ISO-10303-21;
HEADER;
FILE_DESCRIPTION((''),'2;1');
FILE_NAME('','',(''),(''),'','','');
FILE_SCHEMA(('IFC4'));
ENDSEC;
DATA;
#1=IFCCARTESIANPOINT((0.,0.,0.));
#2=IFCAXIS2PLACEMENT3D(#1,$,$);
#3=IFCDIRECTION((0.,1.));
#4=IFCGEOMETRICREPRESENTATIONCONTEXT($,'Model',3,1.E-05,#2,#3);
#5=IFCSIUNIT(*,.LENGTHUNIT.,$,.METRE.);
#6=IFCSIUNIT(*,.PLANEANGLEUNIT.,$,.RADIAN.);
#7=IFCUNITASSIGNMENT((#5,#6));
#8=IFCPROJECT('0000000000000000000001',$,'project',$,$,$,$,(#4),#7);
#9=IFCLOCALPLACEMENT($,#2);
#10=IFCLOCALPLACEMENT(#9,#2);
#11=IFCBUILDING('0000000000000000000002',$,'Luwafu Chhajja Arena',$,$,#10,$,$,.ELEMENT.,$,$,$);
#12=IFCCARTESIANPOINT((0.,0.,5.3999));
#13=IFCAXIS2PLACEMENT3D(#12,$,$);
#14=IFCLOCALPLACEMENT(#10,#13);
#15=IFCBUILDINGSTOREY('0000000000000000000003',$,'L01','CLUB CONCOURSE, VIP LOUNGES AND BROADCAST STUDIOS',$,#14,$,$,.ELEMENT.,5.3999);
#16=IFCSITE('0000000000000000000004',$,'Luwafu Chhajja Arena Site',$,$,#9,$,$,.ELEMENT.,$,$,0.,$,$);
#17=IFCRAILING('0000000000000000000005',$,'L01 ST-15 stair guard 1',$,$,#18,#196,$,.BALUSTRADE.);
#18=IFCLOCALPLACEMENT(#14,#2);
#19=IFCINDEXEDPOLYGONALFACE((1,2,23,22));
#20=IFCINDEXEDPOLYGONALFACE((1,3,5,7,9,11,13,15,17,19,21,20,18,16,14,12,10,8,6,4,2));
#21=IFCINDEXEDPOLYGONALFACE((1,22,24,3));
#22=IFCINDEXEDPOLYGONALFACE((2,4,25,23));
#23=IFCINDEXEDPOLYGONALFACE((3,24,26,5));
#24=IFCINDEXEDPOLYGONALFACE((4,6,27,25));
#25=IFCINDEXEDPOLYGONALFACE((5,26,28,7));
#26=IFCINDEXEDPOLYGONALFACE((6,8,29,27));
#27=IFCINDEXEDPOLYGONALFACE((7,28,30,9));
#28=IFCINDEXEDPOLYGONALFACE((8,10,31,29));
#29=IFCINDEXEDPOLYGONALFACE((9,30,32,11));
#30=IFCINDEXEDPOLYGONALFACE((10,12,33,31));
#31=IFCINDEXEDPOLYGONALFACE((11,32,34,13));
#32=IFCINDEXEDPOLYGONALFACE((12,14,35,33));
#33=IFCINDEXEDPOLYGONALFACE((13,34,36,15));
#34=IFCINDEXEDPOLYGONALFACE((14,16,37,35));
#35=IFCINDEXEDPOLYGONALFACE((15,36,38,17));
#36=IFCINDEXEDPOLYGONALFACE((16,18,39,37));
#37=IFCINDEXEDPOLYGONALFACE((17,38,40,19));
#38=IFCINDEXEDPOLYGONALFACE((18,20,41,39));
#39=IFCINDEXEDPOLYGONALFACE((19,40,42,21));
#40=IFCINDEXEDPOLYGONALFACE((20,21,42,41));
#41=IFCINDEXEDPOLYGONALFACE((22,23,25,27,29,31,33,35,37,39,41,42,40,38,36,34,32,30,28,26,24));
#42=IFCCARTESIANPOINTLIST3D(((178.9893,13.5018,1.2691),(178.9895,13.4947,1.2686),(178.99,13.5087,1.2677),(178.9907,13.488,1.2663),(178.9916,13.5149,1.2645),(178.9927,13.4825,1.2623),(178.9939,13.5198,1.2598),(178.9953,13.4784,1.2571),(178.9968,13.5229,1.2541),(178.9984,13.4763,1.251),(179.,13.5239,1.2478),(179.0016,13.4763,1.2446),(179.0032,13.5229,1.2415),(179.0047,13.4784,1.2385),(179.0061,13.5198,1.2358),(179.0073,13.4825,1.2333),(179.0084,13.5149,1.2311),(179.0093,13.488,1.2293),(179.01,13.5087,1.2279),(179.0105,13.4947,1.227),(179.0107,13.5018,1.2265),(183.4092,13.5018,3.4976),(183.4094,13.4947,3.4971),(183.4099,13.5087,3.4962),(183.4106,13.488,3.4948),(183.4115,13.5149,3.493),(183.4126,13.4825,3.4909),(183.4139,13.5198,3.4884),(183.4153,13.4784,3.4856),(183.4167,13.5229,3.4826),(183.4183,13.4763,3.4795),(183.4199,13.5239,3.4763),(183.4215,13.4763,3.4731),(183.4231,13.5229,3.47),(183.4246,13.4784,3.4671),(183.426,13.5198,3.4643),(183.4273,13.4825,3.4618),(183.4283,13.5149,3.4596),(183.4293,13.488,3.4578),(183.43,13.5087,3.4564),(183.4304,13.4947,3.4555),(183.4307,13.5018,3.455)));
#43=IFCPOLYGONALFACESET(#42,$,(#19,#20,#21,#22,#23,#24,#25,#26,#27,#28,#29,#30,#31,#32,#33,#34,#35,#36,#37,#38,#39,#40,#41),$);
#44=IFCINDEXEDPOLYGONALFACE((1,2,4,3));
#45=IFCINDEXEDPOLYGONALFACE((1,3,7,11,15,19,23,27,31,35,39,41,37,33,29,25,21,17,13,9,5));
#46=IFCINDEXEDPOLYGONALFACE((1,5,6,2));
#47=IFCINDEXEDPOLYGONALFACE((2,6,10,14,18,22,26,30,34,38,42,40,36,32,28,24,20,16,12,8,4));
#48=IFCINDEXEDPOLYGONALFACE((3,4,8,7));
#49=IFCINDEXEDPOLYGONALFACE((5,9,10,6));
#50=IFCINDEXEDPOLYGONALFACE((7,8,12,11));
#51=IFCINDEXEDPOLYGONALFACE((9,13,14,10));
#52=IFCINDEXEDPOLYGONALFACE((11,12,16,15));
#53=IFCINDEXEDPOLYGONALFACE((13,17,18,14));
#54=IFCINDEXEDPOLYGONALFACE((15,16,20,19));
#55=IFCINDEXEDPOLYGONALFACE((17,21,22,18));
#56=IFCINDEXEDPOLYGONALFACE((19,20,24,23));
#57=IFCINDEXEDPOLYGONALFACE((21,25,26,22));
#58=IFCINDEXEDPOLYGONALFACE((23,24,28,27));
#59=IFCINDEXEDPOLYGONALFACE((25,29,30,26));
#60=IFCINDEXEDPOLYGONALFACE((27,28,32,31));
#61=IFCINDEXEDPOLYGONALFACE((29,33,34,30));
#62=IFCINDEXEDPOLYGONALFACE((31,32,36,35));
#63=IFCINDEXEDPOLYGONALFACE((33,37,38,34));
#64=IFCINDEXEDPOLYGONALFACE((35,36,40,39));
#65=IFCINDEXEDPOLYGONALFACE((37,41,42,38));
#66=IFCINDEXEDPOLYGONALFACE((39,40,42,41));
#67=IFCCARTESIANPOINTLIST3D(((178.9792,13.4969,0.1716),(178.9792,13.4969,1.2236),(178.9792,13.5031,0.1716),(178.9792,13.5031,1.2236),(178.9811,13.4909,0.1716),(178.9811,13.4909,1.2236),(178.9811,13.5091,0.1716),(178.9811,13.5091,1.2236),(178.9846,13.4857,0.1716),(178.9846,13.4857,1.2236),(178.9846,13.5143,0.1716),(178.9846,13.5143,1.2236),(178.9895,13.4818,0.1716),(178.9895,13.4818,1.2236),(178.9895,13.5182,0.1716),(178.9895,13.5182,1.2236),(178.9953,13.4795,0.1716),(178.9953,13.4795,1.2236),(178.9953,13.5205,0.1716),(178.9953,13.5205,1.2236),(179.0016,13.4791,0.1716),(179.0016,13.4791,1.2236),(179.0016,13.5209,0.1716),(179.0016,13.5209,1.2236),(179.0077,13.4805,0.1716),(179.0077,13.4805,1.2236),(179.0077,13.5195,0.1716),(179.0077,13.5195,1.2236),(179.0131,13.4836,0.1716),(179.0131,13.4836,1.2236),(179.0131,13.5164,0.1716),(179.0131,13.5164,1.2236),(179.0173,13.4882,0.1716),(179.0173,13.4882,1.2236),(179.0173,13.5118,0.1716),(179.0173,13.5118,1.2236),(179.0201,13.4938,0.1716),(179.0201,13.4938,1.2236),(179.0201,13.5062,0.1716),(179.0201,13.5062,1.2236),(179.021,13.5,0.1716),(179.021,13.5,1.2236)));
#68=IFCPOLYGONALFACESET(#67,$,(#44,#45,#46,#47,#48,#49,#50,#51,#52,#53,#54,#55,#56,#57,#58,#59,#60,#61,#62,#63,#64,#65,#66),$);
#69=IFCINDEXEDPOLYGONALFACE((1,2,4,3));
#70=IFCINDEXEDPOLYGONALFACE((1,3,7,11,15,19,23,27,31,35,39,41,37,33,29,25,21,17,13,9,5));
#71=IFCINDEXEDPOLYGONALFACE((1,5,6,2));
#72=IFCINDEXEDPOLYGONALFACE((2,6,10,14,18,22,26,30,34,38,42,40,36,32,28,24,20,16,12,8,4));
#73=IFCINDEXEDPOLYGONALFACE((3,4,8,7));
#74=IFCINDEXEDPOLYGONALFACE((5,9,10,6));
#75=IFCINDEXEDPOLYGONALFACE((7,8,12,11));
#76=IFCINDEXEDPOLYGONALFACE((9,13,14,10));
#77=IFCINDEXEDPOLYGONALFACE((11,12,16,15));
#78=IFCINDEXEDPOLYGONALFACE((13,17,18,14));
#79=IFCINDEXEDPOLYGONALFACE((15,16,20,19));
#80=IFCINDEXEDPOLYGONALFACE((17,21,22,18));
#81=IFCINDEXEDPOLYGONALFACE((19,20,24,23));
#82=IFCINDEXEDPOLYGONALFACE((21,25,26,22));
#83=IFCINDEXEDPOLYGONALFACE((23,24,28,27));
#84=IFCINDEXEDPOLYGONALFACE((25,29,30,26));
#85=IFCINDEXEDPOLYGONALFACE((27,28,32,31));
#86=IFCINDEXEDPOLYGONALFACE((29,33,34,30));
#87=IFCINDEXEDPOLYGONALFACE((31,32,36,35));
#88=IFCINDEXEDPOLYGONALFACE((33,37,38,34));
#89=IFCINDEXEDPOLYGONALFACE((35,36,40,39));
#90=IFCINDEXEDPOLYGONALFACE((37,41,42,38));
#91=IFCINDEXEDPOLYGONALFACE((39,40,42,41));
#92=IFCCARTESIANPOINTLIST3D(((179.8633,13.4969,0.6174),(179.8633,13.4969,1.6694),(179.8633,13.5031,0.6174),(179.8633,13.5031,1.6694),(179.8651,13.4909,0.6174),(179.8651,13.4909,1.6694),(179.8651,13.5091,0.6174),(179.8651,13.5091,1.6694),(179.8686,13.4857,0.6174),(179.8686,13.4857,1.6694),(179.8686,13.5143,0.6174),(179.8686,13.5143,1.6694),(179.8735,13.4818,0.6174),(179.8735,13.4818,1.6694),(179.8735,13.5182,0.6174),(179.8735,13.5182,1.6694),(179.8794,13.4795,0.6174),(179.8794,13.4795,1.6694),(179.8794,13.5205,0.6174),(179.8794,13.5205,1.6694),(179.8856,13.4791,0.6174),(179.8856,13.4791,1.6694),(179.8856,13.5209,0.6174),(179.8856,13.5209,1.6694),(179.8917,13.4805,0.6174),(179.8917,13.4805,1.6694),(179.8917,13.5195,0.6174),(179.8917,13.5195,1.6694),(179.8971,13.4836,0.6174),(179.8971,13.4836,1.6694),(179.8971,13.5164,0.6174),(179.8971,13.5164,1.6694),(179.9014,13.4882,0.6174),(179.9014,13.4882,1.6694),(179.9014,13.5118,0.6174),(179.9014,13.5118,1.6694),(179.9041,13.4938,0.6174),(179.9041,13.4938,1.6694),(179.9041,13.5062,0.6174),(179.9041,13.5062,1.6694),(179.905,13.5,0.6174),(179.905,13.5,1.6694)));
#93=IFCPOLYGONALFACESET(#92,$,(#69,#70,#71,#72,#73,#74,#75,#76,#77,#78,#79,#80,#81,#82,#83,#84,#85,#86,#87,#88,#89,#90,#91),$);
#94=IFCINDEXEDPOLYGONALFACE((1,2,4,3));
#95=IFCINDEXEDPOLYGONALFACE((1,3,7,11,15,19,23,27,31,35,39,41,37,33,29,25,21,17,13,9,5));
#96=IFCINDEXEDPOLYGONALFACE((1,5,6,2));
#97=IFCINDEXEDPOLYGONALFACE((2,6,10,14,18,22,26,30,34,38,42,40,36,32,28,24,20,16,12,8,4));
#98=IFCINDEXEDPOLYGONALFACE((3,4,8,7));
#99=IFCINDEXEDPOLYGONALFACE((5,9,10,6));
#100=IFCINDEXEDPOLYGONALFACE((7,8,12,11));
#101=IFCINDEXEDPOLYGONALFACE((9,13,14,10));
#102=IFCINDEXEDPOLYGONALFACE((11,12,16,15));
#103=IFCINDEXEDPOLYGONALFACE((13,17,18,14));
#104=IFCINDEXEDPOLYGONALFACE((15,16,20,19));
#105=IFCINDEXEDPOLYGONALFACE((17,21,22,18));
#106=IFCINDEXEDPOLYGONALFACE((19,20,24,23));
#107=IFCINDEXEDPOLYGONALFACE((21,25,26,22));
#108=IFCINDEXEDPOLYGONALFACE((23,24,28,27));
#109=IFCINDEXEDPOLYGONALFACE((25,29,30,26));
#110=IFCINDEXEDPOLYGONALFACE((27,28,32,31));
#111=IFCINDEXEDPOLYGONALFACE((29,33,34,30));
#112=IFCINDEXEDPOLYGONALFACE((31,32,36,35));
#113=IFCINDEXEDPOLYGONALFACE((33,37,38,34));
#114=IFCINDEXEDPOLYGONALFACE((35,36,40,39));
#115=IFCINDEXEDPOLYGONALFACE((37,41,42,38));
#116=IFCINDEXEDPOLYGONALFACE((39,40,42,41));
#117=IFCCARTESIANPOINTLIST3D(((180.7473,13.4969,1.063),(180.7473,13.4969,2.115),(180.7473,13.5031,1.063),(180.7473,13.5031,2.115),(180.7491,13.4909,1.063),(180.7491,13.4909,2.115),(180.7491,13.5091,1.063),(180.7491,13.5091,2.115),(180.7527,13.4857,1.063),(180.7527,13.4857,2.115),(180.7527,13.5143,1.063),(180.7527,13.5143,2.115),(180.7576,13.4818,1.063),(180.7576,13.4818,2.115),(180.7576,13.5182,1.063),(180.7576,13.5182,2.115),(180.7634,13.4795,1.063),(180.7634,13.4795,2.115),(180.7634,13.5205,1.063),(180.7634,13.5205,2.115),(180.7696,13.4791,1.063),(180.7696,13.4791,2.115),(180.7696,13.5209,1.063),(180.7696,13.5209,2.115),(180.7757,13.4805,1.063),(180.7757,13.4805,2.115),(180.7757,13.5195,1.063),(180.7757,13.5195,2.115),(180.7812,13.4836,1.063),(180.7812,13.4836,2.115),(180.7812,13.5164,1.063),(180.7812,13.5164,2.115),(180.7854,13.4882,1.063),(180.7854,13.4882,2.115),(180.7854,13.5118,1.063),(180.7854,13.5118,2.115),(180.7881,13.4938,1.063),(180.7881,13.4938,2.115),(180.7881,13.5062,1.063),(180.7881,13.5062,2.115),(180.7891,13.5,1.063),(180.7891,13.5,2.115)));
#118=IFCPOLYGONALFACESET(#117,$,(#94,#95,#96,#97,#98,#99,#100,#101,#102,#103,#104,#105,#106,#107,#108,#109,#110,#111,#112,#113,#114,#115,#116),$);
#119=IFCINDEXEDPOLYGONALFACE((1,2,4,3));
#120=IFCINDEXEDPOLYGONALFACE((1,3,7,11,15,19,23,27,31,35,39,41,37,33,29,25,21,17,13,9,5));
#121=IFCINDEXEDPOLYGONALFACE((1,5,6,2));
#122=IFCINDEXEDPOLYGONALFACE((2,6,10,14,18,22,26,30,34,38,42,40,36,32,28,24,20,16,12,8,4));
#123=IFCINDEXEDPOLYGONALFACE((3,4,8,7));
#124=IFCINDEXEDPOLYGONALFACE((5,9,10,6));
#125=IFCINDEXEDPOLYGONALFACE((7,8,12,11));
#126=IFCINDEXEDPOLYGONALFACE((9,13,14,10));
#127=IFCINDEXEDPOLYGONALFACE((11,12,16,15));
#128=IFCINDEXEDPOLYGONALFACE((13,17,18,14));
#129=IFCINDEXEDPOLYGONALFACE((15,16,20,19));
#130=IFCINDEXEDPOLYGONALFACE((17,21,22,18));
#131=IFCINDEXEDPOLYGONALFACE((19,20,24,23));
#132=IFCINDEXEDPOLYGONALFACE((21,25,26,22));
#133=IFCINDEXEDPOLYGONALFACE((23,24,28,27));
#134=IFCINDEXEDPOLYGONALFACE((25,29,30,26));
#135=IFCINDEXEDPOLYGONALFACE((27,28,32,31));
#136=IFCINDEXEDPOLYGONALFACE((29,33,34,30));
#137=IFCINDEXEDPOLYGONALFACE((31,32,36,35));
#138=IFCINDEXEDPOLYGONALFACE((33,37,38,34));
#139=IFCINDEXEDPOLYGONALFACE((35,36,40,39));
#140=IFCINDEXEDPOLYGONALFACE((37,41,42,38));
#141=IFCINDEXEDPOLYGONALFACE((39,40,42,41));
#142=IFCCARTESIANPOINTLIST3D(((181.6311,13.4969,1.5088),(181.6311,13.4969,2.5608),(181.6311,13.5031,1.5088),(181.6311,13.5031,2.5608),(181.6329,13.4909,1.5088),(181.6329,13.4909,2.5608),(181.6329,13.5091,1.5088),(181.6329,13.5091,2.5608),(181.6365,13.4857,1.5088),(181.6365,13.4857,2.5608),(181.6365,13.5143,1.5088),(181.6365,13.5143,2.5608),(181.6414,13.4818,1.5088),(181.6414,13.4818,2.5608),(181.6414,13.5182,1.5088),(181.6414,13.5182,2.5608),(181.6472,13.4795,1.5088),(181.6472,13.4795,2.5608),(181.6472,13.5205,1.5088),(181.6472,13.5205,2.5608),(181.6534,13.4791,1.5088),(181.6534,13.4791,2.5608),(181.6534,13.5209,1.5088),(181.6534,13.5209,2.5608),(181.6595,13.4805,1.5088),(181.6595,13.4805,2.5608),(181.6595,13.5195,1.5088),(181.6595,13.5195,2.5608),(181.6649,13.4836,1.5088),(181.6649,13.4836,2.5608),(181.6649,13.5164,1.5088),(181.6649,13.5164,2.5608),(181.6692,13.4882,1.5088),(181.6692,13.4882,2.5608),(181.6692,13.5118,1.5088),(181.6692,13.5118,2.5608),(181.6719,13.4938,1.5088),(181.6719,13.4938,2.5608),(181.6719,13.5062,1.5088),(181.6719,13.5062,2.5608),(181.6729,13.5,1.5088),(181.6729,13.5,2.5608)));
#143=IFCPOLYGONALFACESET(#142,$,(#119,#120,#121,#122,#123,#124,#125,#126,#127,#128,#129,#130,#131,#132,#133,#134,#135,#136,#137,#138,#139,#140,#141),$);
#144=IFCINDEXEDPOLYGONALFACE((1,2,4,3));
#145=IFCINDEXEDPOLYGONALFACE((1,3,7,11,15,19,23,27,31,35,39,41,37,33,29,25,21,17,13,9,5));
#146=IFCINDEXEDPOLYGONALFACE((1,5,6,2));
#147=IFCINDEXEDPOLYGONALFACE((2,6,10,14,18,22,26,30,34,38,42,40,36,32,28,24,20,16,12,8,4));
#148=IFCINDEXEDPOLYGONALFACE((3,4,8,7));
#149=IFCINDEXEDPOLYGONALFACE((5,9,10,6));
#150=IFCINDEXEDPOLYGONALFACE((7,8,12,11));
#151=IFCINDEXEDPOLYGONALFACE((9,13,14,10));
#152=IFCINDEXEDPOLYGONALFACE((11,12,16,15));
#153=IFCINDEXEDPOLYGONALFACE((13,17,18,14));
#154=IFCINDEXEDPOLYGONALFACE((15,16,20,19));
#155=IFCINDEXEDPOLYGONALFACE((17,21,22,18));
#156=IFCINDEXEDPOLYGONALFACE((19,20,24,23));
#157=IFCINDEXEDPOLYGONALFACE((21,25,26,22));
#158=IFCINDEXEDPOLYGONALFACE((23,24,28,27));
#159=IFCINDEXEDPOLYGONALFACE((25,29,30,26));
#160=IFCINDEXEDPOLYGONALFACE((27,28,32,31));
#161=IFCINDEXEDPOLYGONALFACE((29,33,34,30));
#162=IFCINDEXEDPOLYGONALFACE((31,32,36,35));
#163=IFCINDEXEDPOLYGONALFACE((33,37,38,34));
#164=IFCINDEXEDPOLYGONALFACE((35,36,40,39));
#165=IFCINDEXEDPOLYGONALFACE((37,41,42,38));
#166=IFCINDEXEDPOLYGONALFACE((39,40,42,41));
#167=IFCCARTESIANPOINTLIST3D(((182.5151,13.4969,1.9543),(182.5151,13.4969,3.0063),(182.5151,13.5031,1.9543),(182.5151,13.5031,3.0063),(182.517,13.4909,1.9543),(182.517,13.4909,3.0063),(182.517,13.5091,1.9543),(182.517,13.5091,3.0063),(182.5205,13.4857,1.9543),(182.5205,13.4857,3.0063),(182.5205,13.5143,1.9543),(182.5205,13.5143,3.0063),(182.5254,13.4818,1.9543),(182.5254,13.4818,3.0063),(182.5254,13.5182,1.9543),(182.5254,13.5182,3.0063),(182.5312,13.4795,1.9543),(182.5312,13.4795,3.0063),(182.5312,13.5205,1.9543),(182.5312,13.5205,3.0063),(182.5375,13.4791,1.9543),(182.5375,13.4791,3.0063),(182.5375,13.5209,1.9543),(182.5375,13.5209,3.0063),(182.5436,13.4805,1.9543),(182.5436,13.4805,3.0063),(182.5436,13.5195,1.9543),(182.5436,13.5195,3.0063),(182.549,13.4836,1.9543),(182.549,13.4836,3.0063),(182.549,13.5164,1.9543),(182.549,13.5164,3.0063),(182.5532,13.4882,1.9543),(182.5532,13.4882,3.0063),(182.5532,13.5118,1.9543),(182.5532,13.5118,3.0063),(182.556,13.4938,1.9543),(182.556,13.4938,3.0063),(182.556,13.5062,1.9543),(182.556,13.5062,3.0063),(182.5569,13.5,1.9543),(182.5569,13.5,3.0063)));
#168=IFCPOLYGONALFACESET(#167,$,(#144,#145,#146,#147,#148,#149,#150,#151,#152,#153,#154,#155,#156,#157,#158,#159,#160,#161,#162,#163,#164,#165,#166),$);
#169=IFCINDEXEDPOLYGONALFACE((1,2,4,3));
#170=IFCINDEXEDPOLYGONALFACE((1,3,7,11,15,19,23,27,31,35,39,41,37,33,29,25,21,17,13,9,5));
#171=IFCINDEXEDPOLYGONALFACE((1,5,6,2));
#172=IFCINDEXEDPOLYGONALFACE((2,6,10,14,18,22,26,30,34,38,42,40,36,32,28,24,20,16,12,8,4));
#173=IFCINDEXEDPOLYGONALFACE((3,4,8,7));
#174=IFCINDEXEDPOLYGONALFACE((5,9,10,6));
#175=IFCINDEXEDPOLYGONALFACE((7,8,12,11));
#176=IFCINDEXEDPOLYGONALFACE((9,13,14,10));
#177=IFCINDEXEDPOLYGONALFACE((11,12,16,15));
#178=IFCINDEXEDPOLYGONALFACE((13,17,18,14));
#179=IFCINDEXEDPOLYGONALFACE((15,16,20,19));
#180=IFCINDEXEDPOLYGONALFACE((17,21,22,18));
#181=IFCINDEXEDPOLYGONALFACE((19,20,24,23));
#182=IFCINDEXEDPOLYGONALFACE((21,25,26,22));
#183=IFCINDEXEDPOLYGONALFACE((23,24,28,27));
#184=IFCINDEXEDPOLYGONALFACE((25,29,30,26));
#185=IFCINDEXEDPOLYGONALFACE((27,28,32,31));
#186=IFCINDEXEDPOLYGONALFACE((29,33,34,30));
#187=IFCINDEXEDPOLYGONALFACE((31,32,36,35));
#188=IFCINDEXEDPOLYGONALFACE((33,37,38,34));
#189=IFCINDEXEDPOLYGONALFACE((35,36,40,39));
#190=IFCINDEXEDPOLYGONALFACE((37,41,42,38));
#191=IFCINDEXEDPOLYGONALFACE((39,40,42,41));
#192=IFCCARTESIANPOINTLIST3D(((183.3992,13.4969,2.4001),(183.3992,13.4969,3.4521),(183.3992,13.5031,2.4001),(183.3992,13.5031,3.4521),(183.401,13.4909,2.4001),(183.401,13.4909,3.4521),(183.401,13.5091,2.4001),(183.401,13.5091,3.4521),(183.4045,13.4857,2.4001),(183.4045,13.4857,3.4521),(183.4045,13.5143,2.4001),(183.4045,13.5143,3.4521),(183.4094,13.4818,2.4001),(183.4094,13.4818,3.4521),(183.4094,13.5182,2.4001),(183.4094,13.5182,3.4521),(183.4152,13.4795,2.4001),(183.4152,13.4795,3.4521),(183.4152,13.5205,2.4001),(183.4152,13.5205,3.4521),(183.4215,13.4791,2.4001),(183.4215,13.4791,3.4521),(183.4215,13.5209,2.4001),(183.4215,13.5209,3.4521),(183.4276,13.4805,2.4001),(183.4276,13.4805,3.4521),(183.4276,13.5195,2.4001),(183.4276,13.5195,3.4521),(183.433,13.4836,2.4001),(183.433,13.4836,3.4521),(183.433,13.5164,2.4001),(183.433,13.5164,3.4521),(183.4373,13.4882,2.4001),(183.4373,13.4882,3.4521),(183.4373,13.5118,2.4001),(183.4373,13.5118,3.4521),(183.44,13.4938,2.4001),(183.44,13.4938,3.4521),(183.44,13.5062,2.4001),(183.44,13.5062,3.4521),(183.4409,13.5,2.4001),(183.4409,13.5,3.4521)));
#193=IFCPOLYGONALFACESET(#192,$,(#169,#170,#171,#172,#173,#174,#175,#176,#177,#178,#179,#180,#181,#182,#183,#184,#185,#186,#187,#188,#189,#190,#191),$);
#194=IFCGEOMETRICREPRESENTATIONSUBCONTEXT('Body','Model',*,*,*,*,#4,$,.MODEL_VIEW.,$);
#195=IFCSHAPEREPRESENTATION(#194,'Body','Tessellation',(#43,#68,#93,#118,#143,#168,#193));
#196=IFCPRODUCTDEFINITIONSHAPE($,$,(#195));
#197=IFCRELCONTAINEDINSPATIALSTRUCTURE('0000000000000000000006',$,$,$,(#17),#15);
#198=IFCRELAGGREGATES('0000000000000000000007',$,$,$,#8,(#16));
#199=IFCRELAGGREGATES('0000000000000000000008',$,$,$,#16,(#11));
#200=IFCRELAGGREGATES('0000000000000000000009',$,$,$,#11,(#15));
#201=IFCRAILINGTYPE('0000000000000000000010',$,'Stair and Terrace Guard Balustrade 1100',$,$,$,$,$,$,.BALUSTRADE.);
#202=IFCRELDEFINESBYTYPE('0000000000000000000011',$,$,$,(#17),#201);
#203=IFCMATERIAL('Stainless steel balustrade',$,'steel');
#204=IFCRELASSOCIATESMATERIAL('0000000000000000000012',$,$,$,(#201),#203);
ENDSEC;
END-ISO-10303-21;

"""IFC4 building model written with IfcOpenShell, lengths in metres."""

from ifc_helpers import new_model, si_unit, direction, frame, origin, origin_2d, place, context, subcontext, project, spatial, circle, extrude, material, type_object, element, save


model = new_model("IFC4")

# Units and contexts
model_context = context("Model", 3, precision=1e-05, world=origin(), true_north=direction((0.0, 1.0)))
body_context = subcontext(model_context, "Body", "Model", "MODEL_VIEW")
ifc_project = project(units=[si_unit("LENGTHUNIT", "METRE"), si_unit("PLANEANGLEUNIT", "RADIAN")], contexts=[model_context])

# Site, building, storey
site_placement = place(None, origin())
site = spatial("IfcSite", under=ifc_project, at=site_placement, Name="Luwafu Chhajja Arena Site", CompositionType="ELEMENT", RefElevation=0.0)
building_placement = place(site_placement, origin())
building = spatial("IfcBuilding", under=site, at=building_placement, Name="Luwafu Chhajja Arena", CompositionType="ELEMENT")
storey_placement = place(building_placement, frame((0.0, 0.0, 5.3999)))
storey = spatial("IfcBuildingStorey", under=building, at=storey_placement, Name="L01", Description="CLUB CONCOURSE, VIP LOUNGES AND BROADCAST STUDIOS", CompositionType="ELEMENT", Elevation=5.3999)

# Railing
ifc_material_1 = material(Name="Stainless steel balustrade", Category="steel")
railing_type_1 = type_object("IfcRailingType", Name="Stair and Terrace Guard Balustrade 1100", PredefinedType="BALUSTRADE", material=ifc_material_1)
railing_1_placement = place(storey_placement, frame((179.0, 13.5, 0.1716)))
element("IfcRailing", 1, at=railing_1_placement, inside=storey, type_object=railing_type_1, Name="L01 ST-15 stair guard 1", PredefinedType="BALUSTRADE", context=body_context, shape_type="SweptSolid", body=[
    extrude(circle(Radius=0.0239, at=origin_2d()), frame((0.0, 0.0, 1.0762), z_axis=(0.892923, 0.0, 0.45021), x_axis=(0.0, 1.0, 0.0)), (0.0, 0.0, 1.0), 4.95),
    extrude(circle(Radius=0.021, at=origin_2d()), origin(), (0.0, 0.0, 1.0), 1.052),
    extrude(circle(Radius=0.021, at=origin_2d()), frame((0.884, 0.0, 0.4458)), (0.0, 0.0, 1.0), 1.052),
    extrude(circle(Radius=0.021, at=origin_2d()), frame((1.7681, 0.0, 0.8914)), (0.0, 0.0, 1.0), 1.052),
    extrude(circle(Radius=0.021, at=origin_2d()), frame((2.6519, 0.0, 1.3372)), (0.0, 0.0, 1.0), 1.052),
    extrude(circle(Radius=0.021, at=origin_2d()), frame((3.5359, 0.0, 1.7827)), (0.0, 0.0, 1.0), 1.052),
    extrude(circle(Radius=0.021, at=origin_2d()), frame((4.4199, 0.0, 2.2285)), (0.0, 0.0, 1.0), 1.052),
])

save(model, "model.ifc")
